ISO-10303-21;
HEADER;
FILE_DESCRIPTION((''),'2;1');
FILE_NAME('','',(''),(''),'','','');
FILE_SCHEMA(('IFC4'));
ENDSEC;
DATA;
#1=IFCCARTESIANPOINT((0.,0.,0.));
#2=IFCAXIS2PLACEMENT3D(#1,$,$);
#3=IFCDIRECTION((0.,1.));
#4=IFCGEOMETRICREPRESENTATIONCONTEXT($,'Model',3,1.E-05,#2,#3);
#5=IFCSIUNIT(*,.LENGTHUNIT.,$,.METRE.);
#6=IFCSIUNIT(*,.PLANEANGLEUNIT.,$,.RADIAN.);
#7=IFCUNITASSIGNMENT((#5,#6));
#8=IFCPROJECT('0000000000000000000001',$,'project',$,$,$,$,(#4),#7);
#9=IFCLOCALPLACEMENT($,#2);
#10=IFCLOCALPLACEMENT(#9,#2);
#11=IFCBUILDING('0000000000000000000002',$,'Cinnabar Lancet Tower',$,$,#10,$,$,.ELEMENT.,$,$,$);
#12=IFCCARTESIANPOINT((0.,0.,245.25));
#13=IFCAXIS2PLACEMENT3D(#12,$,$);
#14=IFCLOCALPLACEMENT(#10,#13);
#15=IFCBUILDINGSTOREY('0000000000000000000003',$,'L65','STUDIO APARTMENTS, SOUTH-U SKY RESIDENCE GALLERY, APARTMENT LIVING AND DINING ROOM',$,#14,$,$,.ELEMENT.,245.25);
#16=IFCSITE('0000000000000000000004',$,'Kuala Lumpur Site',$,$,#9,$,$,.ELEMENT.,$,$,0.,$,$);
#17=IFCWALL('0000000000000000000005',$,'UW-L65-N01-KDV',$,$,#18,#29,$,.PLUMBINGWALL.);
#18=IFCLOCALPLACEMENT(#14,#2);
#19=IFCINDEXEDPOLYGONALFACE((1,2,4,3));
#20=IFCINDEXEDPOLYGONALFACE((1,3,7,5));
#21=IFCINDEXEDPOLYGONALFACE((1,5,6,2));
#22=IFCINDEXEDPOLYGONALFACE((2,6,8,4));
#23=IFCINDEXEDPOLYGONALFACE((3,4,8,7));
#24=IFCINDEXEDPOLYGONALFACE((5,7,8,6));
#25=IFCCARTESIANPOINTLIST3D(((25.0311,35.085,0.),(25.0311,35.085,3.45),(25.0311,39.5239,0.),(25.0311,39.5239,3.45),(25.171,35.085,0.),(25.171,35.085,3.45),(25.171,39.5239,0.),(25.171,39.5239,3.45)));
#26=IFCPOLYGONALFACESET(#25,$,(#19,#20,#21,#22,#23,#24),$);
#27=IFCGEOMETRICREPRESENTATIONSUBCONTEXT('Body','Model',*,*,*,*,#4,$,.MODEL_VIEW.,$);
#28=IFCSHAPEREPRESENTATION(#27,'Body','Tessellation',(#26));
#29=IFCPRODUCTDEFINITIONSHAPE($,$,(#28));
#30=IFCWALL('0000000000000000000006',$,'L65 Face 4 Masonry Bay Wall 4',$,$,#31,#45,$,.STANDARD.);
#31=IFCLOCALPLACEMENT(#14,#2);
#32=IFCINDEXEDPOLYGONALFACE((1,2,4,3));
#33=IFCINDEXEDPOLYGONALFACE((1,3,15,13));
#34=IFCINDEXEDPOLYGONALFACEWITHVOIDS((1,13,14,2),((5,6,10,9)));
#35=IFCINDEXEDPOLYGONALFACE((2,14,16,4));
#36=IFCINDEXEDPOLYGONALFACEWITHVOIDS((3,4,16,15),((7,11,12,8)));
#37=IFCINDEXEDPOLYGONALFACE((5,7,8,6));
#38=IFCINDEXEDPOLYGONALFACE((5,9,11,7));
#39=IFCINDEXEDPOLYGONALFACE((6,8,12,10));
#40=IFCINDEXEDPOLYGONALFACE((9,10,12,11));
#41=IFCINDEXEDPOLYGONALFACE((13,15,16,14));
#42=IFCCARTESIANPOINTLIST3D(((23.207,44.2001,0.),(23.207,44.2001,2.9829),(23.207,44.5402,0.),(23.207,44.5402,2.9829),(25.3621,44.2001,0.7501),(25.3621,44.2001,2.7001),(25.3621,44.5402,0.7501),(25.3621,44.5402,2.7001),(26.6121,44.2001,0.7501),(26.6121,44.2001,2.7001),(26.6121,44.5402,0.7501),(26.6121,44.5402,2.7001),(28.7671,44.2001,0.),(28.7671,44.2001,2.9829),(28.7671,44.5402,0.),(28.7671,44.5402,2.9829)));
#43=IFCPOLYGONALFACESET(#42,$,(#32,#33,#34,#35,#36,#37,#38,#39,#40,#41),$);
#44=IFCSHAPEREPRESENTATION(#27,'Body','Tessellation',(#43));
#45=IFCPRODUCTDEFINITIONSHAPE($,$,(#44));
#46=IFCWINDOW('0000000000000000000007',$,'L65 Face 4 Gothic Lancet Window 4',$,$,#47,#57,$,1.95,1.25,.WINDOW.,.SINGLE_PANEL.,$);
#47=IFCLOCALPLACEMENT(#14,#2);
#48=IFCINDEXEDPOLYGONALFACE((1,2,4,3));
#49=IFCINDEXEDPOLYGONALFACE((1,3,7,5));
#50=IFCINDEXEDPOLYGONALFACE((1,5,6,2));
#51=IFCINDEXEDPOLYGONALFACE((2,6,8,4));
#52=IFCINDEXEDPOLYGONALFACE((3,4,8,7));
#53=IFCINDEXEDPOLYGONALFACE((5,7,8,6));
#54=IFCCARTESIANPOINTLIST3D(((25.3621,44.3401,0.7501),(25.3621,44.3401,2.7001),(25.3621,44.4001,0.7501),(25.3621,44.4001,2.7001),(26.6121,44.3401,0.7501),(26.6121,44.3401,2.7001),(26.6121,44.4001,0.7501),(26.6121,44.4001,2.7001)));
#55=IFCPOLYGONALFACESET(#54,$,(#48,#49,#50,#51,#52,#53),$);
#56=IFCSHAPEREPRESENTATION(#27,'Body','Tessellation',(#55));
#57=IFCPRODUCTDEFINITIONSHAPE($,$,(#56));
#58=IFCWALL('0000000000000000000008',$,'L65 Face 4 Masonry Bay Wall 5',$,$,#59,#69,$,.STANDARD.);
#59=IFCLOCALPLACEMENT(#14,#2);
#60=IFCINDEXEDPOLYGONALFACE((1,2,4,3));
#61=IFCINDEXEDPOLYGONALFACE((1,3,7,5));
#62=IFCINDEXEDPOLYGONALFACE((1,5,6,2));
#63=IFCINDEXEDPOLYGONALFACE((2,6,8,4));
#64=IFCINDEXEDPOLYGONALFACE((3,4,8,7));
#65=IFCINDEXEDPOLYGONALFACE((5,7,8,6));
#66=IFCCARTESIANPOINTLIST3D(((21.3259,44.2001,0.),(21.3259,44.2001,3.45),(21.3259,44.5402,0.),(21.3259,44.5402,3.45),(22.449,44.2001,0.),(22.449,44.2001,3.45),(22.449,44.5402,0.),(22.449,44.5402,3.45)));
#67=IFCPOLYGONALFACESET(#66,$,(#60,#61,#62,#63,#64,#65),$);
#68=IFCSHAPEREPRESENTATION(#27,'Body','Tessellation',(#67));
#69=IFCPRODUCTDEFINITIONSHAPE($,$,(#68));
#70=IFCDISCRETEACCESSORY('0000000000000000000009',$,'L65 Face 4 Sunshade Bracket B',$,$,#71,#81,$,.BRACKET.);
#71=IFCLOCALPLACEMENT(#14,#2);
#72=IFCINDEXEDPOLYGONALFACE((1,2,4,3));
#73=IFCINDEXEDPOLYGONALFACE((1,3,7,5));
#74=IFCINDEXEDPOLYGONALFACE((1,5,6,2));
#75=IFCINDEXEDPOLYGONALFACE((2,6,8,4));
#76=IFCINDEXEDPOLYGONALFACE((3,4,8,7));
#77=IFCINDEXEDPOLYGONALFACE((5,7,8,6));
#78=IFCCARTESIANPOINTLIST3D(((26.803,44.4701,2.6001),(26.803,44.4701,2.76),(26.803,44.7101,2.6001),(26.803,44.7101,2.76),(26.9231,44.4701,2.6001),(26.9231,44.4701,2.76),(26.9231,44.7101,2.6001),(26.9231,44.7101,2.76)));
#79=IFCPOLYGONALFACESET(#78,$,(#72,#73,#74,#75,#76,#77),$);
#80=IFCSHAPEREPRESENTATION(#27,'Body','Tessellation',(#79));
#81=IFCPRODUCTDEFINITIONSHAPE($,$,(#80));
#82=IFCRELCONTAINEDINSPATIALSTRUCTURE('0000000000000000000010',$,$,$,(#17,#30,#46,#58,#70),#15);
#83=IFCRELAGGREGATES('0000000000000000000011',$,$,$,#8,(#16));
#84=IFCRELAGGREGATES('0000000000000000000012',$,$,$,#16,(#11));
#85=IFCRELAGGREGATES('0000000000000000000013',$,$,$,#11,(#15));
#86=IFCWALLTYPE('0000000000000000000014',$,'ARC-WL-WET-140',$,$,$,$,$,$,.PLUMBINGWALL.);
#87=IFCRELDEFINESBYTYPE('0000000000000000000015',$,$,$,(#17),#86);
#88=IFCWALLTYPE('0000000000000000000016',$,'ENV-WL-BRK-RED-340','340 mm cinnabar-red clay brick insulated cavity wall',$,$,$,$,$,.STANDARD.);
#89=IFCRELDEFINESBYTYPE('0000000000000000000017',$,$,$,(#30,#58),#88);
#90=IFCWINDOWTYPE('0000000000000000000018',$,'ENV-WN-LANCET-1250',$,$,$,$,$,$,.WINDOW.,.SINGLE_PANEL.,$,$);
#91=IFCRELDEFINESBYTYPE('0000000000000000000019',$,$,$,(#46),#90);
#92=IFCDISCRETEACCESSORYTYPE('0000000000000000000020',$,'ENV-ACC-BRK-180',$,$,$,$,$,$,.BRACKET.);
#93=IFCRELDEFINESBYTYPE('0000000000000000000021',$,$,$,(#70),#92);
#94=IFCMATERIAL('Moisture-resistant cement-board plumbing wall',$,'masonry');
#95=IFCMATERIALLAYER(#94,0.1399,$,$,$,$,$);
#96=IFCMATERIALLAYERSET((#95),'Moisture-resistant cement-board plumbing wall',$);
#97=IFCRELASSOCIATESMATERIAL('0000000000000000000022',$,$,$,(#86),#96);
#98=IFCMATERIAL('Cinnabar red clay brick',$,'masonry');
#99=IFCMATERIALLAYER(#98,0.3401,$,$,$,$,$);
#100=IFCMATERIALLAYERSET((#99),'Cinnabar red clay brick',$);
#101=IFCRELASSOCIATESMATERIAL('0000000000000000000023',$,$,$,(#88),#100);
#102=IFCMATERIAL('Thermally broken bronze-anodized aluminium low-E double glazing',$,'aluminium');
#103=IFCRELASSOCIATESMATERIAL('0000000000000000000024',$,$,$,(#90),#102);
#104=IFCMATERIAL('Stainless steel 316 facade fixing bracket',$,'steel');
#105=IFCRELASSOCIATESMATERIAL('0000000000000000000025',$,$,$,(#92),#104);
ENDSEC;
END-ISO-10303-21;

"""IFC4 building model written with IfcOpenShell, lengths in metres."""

from ifc_helpers import new_model, si_unit, direction, frame, frame_2d, origin, origin_2d, place, context, subcontext, project, spatial, rectangle, extrude, material, layer, layer_set, type_object, element, fill, save


model = new_model("IFC4")

# Units and contexts
model_context = context("Model", 3, precision=1e-05, world=origin(), true_north=direction((0.0, 1.0)))
body_context = subcontext(model_context, "Body", "Model", "MODEL_VIEW")
ifc_project = project(units=[si_unit("LENGTHUNIT", "METRE"), si_unit("PLANEANGLEUNIT", "RADIAN")], contexts=[model_context])

# Site, building, storey
site_placement = place(None, origin())
site = spatial("IfcSite", under=ifc_project, at=site_placement, Name="Kuala Lumpur Site", CompositionType="ELEMENT", RefElevation=0.0)
building_placement = place(site_placement, origin())
building = spatial("IfcBuilding", under=site, at=building_placement, Name="Cinnabar Lancet Tower", CompositionType="ELEMENT")
storey_placement = place(building_placement, frame((0.0, 0.0, 245.25)))
storey = spatial("IfcBuildingStorey", under=building, at=storey_placement, Name="L65", Description="STUDIO APARTMENTS, SOUTH-U SKY RESIDENCE GALLERY, APARTMENT LIVING AND DINING ROOM", CompositionType="ELEMENT", Elevation=245.25)

# Shared definitions
ifc_material_1 = material(Name="Moisture-resistant cement-board plumbing wall", Category="masonry")
ifc_layer_1 = layer(ifc_material_1, 0.1399)
ifc_layer_set_1 = layer_set([ifc_layer_1], Name="Moisture-resistant cement-board plumbing wall")
wall_type_1 = type_object("IfcWallType", Name="ARC-WL-WET-140", PredefinedType="PLUMBINGWALL", material=ifc_layer_set_1)

# Wall
wall_1_placement = place(storey_placement, frame((25.1011, 35.085, 0.0), z_axis=(0.0, 0.0, 1.0), x_axis=(0.0, 1.0, 0.0)))
element("IfcWall", 1, at=wall_1_placement, inside=storey, type_object=wall_type_1, Name="UW-L65-N01-KDV", PredefinedType="PLUMBINGWALL", context=body_context, shape_type="SweptSolid", body=[
    extrude(rectangle(XDim=4.439, YDim=0.1399, at=frame_2d((2.2195, 0.0))), origin(), (0.0, 0.0, 1.0), 3.45),
])

# Wall, opening, window
ifc_material_2 = material(Name="Cinnabar red clay brick", Category="masonry")
ifc_layer_2 = layer(ifc_material_2, 0.3401)
ifc_layer_set_2 = layer_set([ifc_layer_2], Name="Cinnabar red clay brick")
wall_type_2 = type_object("IfcWallType", Name="ENV-WL-BRK-RED-340", Description="340 mm cinnabar-red clay brick insulated cavity wall", PredefinedType="STANDARD", material=ifc_layer_set_2)
wall_2_placement = place(storey_placement, frame((28.7671, 44.3701, 0.0), z_axis=(0.0, 0.0, 1.0), x_axis=(-1.0, 0.0, 0.0)))
wall_2 = element("IfcWall", 2, at=wall_2_placement, inside=storey, type_object=wall_type_2, Name="L65 Face 4 Masonry Bay Wall 4", PredefinedType="STANDARD", context=body_context, shape_type="SweptSolid", body=[
    extrude(rectangle(XDim=5.5601, YDim=0.3401, at=frame_2d((2.78, 0.0))), origin(), (0.0, 0.0, 1.0), 2.9829),
])
opening_1_placement = place(wall_2_placement, frame((2.155, 0.0, 0.75)))
opening_1 = element("IfcOpeningElement", 3, at=opening_1_placement, cuts=wall_2, PredefinedType="OPENING", context=body_context, shape_type="SweptSolid", body=[
    extrude(rectangle(XDim=1.25, YDim=1.95, at=frame_2d((0.625, 0.9751))), frame((0.0, 0.1799, 0.0), z_axis=(0.0, -1.0, 0.0), x_axis=(1.0, 0.0, 0.0)), (0.0, 0.0, 1.0), 0.3601),
])
ifc_material_3 = material(Name="Thermally broken bronze-anodized aluminium low-E double glazing", Category="aluminium")
window_type = type_object("IfcWindowType", Name="ENV-WN-LANCET-1250", PartitioningType="SINGLE_PANEL", PredefinedType="WINDOW", material=ifc_material_3)
window_placement = place(opening_1_placement, origin())
window = element("IfcWindow", 4, at=window_placement, inside=storey, type_object=window_type, Name="L65 Face 4 Gothic Lancet Window 4", OverallHeight=1.95, OverallWidth=1.25, PartitioningType="SINGLE_PANEL", PredefinedType="WINDOW", context=body_context, shape_type="SweptSolid", body=[
    extrude(rectangle(XDim=1.25, YDim=1.95, at=frame_2d((0.625, 0.9751))), frame((0.0, 0.03, 0.0), z_axis=(0.0, -1.0, 0.0), x_axis=(1.0, 0.0, 0.0)), (0.0, 0.0, 1.0), 0.0601),
])
fill(opening_1, window)

# Wall
wall_3_placement = place(storey_placement, frame((22.449, 44.3701, 0.0), z_axis=(0.0, 0.0, 1.0), x_axis=(-1.0, 0.0, 0.0)))
element("IfcWall", 5, at=wall_3_placement, inside=storey, type_object=wall_type_2, Name="L65 Face 4 Masonry Bay Wall 5", PredefinedType="STANDARD", context=body_context, shape_type="SweptSolid", body=[
    extrude(rectangle(XDim=1.123, YDim=0.3401, at=frame_2d((0.5615, 0.0))), origin(), (0.0, 0.0, 1.0), 3.45),
])

# Discrete accessory
ifc_material_4 = material(Name="Stainless steel 316 facade fixing bracket", Category="steel")
discrete_accessory_type = type_object("IfcDiscreteAccessoryType", Name="ENV-ACC-BRK-180", PredefinedType="BRACKET", material=ifc_material_4)
discrete_accessory_placement = place(storey_placement, frame((26.863, 44.5901, 2.6001), z_axis=(0.0, 0.0, 1.0), x_axis=(-1.0, 0.0, 0.0)))
element("IfcDiscreteAccessory", 6, at=discrete_accessory_placement, inside=storey, type_object=discrete_accessory_type, Name="L65 Face 4 Sunshade Bracket B", PredefinedType="BRACKET", context=body_context, shape_type="SweptSolid", body=[
    extrude(rectangle(XDim=0.1201, YDim=0.24, at=origin_2d()), origin(), (0.0, 0.0, 1.0), 0.1599),
])

save(model, "model.ifc")
